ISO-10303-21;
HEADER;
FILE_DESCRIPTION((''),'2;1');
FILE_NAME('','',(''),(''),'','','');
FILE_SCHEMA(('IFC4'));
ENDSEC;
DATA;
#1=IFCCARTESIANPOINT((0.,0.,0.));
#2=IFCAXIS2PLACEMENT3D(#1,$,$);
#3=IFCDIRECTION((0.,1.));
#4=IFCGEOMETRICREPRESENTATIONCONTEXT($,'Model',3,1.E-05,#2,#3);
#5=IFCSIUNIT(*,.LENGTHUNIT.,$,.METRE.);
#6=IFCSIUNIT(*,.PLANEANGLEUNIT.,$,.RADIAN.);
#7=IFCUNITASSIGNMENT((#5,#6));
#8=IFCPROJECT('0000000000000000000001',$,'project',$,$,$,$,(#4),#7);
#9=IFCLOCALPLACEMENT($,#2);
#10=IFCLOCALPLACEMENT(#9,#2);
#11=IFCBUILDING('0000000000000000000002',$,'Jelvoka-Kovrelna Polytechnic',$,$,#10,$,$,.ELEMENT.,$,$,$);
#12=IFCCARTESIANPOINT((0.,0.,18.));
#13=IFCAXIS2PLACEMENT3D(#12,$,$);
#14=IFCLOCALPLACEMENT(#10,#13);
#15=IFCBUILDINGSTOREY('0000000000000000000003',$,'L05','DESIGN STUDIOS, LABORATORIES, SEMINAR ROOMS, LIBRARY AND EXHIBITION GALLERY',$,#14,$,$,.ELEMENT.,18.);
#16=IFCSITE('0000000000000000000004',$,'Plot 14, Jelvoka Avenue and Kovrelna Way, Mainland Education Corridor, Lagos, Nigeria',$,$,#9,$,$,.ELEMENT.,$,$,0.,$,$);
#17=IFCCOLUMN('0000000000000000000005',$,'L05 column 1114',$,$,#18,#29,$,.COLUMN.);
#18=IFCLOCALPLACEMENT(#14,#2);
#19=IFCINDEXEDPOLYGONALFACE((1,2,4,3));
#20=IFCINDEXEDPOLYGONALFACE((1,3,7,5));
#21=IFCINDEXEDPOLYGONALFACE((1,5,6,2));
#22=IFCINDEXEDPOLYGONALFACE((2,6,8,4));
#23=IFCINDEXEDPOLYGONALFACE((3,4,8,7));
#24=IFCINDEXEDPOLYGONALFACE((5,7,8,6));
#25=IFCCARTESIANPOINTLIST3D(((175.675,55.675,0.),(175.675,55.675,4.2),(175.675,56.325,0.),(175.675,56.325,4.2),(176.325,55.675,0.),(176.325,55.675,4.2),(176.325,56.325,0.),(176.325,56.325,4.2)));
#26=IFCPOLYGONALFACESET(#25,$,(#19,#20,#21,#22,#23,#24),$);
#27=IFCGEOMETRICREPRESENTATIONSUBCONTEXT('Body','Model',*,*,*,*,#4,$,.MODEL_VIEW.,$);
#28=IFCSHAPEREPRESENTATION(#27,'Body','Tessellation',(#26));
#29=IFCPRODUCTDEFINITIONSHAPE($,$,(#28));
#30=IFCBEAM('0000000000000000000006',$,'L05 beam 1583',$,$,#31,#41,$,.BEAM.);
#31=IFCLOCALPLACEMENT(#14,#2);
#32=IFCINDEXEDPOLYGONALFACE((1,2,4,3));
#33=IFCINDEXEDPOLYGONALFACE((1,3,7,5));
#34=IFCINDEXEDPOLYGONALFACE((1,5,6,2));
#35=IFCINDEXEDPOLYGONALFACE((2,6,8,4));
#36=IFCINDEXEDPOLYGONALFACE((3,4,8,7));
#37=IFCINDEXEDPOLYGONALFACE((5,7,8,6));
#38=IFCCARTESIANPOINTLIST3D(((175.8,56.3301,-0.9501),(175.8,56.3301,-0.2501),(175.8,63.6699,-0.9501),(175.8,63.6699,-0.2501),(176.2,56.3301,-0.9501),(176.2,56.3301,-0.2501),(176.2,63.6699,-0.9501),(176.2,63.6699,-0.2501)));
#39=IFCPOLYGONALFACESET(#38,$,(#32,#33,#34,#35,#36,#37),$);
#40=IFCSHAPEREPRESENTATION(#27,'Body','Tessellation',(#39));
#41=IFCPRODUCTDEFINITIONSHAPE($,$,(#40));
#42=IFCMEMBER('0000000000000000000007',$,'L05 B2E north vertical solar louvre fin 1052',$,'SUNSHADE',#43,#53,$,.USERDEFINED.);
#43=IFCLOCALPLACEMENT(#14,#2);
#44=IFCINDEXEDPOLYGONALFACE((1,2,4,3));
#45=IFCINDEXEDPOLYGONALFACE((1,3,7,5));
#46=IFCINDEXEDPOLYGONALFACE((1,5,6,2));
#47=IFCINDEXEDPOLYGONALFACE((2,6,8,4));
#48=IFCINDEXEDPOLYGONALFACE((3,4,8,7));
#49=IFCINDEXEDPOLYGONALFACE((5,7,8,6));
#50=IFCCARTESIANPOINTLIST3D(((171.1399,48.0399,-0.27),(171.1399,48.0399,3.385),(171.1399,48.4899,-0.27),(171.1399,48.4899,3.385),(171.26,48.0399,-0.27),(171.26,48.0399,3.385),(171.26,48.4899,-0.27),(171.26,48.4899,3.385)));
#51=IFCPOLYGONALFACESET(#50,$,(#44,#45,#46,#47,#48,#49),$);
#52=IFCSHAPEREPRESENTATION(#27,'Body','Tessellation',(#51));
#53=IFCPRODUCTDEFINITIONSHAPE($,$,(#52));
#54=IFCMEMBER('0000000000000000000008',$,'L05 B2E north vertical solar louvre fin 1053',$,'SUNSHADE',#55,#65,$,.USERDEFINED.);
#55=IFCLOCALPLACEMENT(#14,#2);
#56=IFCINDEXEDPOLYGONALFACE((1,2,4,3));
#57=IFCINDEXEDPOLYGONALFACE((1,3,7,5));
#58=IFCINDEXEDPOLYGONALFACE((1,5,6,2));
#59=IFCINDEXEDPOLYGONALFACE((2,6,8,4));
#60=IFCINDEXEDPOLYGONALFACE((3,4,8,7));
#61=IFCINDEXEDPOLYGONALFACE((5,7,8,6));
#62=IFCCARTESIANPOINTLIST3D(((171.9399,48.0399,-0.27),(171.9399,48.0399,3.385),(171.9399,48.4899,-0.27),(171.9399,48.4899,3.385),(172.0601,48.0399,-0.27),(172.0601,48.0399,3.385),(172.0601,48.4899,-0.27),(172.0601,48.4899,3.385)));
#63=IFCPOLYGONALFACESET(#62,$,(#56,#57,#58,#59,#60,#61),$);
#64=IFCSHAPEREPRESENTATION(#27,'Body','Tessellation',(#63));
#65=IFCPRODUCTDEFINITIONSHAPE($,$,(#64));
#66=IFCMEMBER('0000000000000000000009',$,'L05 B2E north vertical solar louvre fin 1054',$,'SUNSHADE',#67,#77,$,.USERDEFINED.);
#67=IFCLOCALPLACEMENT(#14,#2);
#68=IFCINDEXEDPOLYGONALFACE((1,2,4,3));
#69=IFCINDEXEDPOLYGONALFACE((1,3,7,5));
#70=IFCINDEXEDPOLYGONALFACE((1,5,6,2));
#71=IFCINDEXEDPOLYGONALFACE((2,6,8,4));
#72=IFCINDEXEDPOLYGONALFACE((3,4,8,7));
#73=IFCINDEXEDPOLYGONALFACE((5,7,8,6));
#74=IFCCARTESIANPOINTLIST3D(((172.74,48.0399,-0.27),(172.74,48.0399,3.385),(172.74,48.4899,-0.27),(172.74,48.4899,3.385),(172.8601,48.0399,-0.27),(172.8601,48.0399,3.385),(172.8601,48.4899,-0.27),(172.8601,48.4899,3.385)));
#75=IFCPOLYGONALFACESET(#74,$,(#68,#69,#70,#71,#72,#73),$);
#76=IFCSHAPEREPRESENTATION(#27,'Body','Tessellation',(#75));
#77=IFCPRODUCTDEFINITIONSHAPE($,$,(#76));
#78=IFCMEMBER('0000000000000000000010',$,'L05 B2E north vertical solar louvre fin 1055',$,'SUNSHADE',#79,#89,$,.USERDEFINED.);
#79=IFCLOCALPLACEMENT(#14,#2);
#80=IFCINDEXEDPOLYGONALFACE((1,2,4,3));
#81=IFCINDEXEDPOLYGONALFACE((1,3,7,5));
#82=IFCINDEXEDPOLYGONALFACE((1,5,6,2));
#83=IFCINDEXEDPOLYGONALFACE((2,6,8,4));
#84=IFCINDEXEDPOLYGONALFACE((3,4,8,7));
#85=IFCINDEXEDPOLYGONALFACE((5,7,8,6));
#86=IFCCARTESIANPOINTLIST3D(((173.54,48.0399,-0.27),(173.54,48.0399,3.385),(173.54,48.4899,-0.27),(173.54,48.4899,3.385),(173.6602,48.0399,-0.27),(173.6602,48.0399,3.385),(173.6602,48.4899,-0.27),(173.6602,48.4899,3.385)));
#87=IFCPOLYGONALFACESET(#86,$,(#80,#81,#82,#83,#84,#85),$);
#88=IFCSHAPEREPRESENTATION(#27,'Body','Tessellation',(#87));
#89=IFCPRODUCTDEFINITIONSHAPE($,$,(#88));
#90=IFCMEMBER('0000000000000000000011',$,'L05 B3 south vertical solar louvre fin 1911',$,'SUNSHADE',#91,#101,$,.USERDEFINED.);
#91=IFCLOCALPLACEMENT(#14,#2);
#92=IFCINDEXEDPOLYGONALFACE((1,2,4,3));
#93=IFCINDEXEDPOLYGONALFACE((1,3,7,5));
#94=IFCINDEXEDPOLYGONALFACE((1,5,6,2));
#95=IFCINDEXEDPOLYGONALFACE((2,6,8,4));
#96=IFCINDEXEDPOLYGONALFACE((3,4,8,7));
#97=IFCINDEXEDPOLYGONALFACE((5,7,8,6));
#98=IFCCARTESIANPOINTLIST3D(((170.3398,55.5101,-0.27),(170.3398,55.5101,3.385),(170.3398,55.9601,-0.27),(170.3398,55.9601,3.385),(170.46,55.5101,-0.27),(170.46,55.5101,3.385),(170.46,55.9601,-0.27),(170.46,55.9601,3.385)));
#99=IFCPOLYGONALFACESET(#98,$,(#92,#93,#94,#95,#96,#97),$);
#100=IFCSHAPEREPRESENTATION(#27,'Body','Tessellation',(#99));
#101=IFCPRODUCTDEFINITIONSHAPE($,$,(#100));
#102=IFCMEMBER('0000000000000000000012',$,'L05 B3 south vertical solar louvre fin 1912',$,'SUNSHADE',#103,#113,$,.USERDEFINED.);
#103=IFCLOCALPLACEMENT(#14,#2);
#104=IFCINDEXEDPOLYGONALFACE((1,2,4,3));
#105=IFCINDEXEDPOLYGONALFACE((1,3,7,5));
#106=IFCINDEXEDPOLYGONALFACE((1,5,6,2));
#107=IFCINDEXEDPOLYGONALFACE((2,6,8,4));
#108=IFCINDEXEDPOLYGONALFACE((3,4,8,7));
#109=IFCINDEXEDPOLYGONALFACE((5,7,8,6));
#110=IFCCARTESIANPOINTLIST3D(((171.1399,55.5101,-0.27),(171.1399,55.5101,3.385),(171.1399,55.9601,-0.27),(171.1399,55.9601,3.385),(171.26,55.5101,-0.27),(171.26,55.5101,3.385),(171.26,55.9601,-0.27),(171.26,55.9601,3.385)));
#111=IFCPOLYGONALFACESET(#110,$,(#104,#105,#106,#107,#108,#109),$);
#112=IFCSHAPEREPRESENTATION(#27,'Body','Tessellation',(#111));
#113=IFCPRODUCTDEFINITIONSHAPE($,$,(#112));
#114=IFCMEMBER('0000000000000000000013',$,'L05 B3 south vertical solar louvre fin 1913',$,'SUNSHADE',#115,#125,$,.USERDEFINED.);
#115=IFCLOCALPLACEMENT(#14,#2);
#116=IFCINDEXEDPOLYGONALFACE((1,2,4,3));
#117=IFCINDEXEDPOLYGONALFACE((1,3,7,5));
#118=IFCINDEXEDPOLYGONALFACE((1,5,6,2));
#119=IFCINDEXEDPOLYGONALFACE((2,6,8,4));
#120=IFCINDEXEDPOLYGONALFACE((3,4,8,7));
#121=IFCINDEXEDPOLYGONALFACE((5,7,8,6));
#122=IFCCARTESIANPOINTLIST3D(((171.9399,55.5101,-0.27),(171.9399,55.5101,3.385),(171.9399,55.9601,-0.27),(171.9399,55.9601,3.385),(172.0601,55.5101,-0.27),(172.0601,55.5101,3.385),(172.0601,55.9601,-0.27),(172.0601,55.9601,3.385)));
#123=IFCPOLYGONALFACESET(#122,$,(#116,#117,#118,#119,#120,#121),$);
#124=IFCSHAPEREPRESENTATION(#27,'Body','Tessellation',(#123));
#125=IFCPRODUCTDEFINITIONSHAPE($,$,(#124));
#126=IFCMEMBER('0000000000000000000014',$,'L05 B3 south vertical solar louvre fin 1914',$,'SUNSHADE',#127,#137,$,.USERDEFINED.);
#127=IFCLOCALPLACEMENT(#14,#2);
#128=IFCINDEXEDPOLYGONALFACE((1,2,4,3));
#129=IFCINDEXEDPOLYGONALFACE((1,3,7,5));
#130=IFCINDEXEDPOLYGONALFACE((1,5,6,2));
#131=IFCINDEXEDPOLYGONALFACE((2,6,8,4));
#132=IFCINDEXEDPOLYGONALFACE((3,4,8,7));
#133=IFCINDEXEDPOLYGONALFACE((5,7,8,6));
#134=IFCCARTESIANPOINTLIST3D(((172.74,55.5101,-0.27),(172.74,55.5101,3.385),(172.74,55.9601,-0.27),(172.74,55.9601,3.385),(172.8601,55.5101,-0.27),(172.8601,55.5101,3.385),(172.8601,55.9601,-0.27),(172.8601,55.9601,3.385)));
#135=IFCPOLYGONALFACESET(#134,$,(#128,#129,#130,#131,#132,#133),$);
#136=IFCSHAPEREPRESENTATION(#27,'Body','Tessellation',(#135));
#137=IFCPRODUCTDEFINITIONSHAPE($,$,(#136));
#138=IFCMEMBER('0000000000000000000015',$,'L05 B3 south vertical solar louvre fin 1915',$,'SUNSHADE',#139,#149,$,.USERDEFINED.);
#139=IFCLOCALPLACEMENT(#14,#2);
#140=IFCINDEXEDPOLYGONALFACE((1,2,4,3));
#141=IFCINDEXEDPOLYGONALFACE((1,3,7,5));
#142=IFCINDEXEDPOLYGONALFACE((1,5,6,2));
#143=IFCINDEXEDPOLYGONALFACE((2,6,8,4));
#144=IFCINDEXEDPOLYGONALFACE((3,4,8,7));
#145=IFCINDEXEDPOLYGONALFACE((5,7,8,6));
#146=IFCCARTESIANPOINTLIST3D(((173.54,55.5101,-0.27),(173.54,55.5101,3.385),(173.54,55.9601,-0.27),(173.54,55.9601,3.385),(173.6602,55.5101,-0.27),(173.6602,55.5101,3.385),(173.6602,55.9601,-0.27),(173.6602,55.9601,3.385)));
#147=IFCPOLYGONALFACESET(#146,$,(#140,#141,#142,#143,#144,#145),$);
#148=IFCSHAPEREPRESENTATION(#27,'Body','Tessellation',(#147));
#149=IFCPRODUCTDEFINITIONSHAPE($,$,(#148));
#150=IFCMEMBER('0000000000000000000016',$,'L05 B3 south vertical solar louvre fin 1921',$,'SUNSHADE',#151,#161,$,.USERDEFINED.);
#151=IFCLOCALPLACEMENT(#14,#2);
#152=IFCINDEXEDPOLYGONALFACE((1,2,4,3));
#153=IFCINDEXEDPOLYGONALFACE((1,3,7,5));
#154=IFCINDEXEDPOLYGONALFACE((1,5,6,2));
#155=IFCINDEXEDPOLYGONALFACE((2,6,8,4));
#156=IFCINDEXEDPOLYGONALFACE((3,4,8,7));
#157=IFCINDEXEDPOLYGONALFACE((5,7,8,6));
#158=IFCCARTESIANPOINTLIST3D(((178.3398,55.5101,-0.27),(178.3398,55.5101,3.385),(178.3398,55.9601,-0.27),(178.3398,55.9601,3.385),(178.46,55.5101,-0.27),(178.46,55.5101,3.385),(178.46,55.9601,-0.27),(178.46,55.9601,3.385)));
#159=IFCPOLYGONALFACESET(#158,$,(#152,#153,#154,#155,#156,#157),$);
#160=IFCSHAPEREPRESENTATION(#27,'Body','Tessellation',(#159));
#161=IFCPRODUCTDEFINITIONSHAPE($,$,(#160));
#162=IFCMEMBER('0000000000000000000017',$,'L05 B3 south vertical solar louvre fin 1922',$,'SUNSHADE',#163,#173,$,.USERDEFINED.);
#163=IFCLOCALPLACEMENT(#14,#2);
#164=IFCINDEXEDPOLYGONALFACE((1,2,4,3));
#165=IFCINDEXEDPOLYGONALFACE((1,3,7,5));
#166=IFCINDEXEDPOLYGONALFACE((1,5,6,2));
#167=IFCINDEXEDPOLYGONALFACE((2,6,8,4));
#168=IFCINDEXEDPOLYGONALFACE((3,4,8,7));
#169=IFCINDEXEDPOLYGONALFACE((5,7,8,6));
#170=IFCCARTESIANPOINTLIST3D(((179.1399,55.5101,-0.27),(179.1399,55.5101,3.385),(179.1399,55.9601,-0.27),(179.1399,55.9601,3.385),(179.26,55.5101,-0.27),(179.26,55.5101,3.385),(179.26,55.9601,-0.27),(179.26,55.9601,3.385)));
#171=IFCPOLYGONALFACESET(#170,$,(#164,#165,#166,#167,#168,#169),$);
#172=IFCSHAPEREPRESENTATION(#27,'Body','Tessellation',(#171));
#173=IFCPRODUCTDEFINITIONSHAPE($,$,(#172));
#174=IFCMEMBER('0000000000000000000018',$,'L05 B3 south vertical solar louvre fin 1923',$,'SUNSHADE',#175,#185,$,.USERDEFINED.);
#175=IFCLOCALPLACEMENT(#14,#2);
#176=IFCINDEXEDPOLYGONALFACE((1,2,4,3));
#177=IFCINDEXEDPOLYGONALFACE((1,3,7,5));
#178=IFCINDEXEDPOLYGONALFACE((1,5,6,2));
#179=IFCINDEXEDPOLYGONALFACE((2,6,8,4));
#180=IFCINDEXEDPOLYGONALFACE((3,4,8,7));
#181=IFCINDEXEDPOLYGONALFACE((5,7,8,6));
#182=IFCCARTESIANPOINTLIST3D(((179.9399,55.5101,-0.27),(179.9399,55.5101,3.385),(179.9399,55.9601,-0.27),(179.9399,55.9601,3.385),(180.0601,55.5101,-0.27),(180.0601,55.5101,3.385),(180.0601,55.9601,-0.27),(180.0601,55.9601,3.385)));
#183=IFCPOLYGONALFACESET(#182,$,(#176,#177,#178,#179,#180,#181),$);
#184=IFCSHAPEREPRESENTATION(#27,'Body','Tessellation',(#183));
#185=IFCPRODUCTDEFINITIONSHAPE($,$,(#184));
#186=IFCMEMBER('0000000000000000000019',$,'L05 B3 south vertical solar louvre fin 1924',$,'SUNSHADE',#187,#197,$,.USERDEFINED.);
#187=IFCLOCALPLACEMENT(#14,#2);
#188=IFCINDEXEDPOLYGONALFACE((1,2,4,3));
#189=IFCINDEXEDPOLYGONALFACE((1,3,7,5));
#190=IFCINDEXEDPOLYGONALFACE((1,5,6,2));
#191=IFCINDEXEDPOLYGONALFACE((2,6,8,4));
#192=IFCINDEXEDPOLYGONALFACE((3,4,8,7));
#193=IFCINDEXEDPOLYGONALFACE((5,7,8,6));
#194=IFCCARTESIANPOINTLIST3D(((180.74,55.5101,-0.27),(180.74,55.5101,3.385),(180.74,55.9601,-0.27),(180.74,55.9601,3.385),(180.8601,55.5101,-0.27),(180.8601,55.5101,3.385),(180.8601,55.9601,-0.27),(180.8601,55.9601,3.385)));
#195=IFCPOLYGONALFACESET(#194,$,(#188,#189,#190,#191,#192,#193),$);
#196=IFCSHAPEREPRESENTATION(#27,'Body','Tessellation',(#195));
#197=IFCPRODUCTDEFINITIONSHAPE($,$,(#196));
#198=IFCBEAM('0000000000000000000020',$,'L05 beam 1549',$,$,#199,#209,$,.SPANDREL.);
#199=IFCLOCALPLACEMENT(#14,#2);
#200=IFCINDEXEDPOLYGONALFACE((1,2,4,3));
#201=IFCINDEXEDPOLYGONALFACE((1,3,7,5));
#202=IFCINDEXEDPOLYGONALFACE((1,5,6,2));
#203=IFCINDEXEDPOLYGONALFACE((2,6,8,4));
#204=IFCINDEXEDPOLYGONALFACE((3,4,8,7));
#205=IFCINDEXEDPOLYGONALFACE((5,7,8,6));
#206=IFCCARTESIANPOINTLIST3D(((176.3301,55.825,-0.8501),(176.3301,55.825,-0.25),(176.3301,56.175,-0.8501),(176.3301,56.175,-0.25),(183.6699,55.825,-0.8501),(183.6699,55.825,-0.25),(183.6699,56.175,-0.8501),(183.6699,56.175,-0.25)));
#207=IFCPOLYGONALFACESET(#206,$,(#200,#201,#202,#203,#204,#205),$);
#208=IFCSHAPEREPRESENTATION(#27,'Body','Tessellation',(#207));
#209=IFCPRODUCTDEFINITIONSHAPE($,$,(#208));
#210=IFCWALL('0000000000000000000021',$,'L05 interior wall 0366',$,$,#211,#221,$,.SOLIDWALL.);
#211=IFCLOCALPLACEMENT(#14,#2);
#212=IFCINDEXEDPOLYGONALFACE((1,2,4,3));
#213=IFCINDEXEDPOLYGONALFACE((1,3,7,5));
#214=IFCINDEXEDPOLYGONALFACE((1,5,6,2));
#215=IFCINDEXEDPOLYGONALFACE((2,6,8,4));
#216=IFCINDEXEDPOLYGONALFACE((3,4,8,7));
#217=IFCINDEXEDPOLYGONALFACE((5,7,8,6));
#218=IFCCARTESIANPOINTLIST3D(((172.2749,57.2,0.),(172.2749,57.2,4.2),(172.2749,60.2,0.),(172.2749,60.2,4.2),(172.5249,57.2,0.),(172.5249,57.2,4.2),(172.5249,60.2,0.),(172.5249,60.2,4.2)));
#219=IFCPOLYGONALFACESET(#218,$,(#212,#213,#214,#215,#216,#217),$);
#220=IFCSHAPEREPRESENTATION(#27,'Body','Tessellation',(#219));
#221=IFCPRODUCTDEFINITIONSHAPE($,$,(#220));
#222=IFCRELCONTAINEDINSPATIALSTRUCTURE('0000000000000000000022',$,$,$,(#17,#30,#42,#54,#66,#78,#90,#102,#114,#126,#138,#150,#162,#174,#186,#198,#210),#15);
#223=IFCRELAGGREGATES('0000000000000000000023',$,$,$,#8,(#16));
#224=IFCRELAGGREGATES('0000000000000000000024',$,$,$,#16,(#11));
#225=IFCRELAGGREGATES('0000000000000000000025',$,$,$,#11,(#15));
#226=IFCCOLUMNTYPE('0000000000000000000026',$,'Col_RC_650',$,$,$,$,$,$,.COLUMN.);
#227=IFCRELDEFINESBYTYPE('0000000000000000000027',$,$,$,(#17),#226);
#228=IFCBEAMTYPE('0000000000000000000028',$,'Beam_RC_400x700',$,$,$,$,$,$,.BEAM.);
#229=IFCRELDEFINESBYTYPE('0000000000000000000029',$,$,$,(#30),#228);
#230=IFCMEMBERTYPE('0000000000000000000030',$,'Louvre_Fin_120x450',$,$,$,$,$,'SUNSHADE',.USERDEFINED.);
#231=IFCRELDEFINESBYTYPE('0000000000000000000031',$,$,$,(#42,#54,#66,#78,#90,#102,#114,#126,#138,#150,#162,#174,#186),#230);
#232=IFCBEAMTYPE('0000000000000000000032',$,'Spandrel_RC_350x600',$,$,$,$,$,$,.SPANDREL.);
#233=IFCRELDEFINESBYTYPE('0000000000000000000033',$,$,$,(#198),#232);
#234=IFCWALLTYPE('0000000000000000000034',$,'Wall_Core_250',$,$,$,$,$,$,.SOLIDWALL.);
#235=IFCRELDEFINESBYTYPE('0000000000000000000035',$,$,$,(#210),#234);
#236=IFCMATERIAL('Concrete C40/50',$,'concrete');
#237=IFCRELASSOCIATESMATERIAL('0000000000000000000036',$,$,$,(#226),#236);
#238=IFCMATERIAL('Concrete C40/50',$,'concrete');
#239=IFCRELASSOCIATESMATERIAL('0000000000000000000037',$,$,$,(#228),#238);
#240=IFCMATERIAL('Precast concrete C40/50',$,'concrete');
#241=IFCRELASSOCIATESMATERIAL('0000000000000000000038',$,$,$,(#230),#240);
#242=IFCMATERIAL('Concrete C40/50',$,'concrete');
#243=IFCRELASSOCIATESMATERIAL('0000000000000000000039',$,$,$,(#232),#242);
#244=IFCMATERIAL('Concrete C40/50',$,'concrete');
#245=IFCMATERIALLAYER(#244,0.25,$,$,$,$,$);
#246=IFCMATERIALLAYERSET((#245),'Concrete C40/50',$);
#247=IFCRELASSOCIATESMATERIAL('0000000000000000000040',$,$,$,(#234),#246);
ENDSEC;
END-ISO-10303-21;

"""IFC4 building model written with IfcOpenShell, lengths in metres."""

from ifc_helpers import new_model, si_unit, direction, frame, frame_2d, origin, origin_2d, place, context, subcontext, project, spatial, rectangle, extrude, material, layer, layer_set, material_profile, profile_set, type_object, element, save


model = new_model("IFC4")

# Units and contexts
model_context = context("Model", 3, precision=1e-05, world=origin(), true_north=direction((0.0, 1.0)))
body_context = subcontext(model_context, "Body", "Model", "MODEL_VIEW")
ifc_project = project(units=[si_unit("LENGTHUNIT", "METRE"), si_unit("PLANEANGLEUNIT", "RADIAN")], contexts=[model_context])

# Site, building, storey
site_placement = place(None, origin())
site = spatial("IfcSite", under=ifc_project, at=site_placement, Name="Plot 14, Jelvoka Avenue and Kovrelna Way, Mainland Education Corridor, Lagos, Nigeria", CompositionType="ELEMENT", RefElevation=0.0)
building_placement = place(site_placement, origin())
building = spatial("IfcBuilding", under=site, at=building_placement, Name="Jelvoka-Kovrelna Polytechnic", CompositionType="ELEMENT")
storey_placement = place(building_placement, frame((0.0, 0.0, 18.0)))
storey = spatial("IfcBuildingStorey", under=building, at=storey_placement, Name="L05", Description="DESIGN STUDIOS, LABORATORIES, SEMINAR ROOMS, LIBRARY AND EXHIBITION GALLERY", CompositionType="ELEMENT", Elevation=18.0)

# Column
ifc_material_1 = material(Name="Concrete C40/50", Category="concrete")
ifc_material_profile_1 = material_profile(ifc_material_1, rectangle(XDim=0.6499, YDim=0.6499, at=origin_2d()), Name="RC 650x650")
ifc_profile_set_1 = profile_set([ifc_material_profile_1], Name="Concrete C40/50")
column_type = type_object("IfcColumnType", Name="Col_RC_650", PredefinedType="COLUMN", material=ifc_profile_set_1)
column_placement = place(storey_placement, frame((176.0, 56.0, 0.0), z_axis=(0.0, 0.0, 1.0), x_axis=(1.0, 0.0, 0.0)))
element("IfcColumn", 1, at=column_placement, inside=storey, type_object=column_type, Name="L05 column 1114", PredefinedType="COLUMN", context=body_context, shape_type="SweptSolid", body=[
    extrude(rectangle(XDim=0.6499, YDim=0.6499, at=origin_2d()), origin(), (0.0, 0.0, 1.0), 4.2),
])

# Beam
ifc_material_2 = material(Name="Concrete C40/50", Category="concrete")
ifc_material_profile_2 = material_profile(ifc_material_2, rectangle(XDim=0.3999, YDim=0.7, at=origin_2d()), Name="RC 400x700")
ifc_profile_set_2 = profile_set([ifc_material_profile_2], Name="Concrete C40/50")
beam_type_1 = type_object("IfcBeamType", Name="Beam_RC_400x700", PredefinedType="BEAM", material=ifc_profile_set_2)
beam_1_placement = place(storey_placement, frame((176.0, 56.3301, -0.6001), z_axis=(0.0, 1.0, 0.0), x_axis=(-1.0, 0.0, 0.0)))
element("IfcBeam", 2, at=beam_1_placement, inside=storey, type_object=beam_type_1, Name="L05 beam 1583", PredefinedType="BEAM", context=body_context, shape_type="SweptSolid", body=[
    extrude(rectangle(XDim=0.3999, YDim=0.7, at=origin_2d()), origin(), (0.0, 0.0, 1.0), 7.3398),
])

# Members
ifc_material_3 = material(Name="Precast concrete C40/50", Category="concrete")
ifc_material_profile_3 = material_profile(ifc_material_3, rectangle(XDim=0.1201, YDim=0.45, at=origin_2d()), Name="PC 120x450")
ifc_profile_set_3 = profile_set([ifc_material_profile_3], Name="Precast concrete C40/50")
member_type = type_object("IfcMemberType", Name="Louvre_Fin_120x450", ElementType="SUNSHADE", PredefinedType="USERDEFINED", material=ifc_profile_set_3)
for number, where, z_axis, x_axis, name in (
    (3, (171.2, 48.2649, -0.27), (0.0, 0.0, 1.0), (1.0, 0.0, 0.0), "L05 B2E north vertical solar louvre fin 1052"),
    (4, (172.0, 48.2649, -0.27), (0.0, 0.0, 1.0), (1.0, 0.0, 0.0), "L05 B2E north vertical solar louvre fin 1053"),
    (5, (172.8, 48.2649, -0.27), (0.0, 0.0, 1.0), (1.0, 0.0, 0.0), "L05 B2E north vertical solar louvre fin 1054"),
    (6, (173.6001, 48.2649, -0.27), (0.0, 0.0, 1.0), (1.0, 0.0, 0.0), "L05 B2E north vertical solar louvre fin 1055"),
    (7, (170.3999, 55.7351, -0.27), (0.0, 0.0, 1.0), (1.0, 0.0, 0.0), "L05 B3 south vertical solar louvre fin 1911"),
    (8, (171.2, 55.7351, -0.27), (0.0, 0.0, 1.0), (1.0, 0.0, 0.0), "L05 B3 south vertical solar louvre fin 1912"),
    (9, (172.0, 55.7351, -0.27), (0.0, 0.0, 1.0), (1.0, 0.0, 0.0), "L05 B3 south vertical solar louvre fin 1913"),
    (10, (172.8, 55.7351, -0.27), (0.0, 0.0, 1.0), (1.0, 0.0, 0.0), "L05 B3 south vertical solar louvre fin 1914"),
    (11, (173.6001, 55.7351, -0.27), (0.0, 0.0, 1.0), (1.0, 0.0, 0.0), "L05 B3 south vertical solar louvre fin 1915"),
    (12, (178.3999, 55.7351, -0.27), (0.0, 0.0, 1.0), (1.0, 0.0, 0.0), "L05 B3 south vertical solar louvre fin 1921"),
    (13, (179.2, 55.7351, -0.27), (0.0, 0.0, 1.0), (1.0, 0.0, 0.0), "L05 B3 south vertical solar louvre fin 1922"),
    (14, (180.0, 55.7351, -0.27), (0.0, 0.0, 1.0), (1.0, 0.0, 0.0), "L05 B3 south vertical solar louvre fin 1923"),
    (15, (180.8, 55.7351, -0.27), (0.0, 0.0, 1.0), (1.0, 0.0, 0.0), "L05 B3 south vertical solar louvre fin 1924"),
):
    element("IfcMember", number, at=place(storey_placement, frame(where, z_axis=z_axis, x_axis=x_axis)), inside=storey, type_object=member_type, Name=name, ObjectType="SUNSHADE", PredefinedType="USERDEFINED", context=body_context, shape_type="SweptSolid", body=[
        extrude(rectangle(XDim=0.1201, YDim=0.45, at=origin_2d()), origin(), (0.0, 0.0, 1.0), 3.655),
    ])

# Beam
ifc_material_4 = material(Name="Concrete C40/50", Category="concrete")
ifc_material_profile_4 = material_profile(ifc_material_4, rectangle(XDim=0.3501, YDim=0.6001, at=origin_2d()), Name="RC 350x600")
ifc_profile_set_4 = profile_set([ifc_material_profile_4], Name="Concrete C40/50")
beam_type_2 = type_object("IfcBeamType", Name="Spandrel_RC_350x600", PredefinedType="SPANDREL", material=ifc_profile_set_4)
beam_2_placement = place(storey_placement, frame((176.3301, 56.0, -0.55), z_axis=(1.0, 0.0, 0.0), x_axis=(0.0, 1.0, 0.0)))
element("IfcBeam", 16, at=beam_2_placement, inside=storey, type_object=beam_type_2, Name="L05 beam 1549", PredefinedType="SPANDREL", context=body_context, shape_type="SweptSolid", body=[
    extrude(rectangle(XDim=0.3501, YDim=0.6001, at=origin_2d()), origin(), (0.0, 0.0, 1.0), 7.3398),
])

# Wall
ifc_material_5 = material(Name="Concrete C40/50", Category="concrete")
ifc_layer_1 = layer(ifc_material_5, 0.25)
ifc_layer_set_1 = layer_set([ifc_layer_1], Name="Concrete C40/50")
wall_type_1 = type_object("IfcWallType", Name="Wall_Core_250", PredefinedType="SOLIDWALL", material=ifc_layer_set_1)
wall_1_placement = place(storey_placement, frame((172.3999, 57.2, 0.0), z_axis=(0.0, 0.0, 1.0), x_axis=(0.0, 1.0, 0.0)))
element("IfcWall", 17, at=wall_1_placement, inside=storey, type_object=wall_type_1, Name="L05 interior wall 0366", PredefinedType="SOLIDWALL", context=body_context, shape_type="SweptSolid", body=[
    extrude(rectangle(XDim=3.0, YDim=0.25, at=frame_2d((1.5, 0.0))), origin(), (0.0, 0.0, 1.0), 4.2),
])

save(model, "model.ifc")
